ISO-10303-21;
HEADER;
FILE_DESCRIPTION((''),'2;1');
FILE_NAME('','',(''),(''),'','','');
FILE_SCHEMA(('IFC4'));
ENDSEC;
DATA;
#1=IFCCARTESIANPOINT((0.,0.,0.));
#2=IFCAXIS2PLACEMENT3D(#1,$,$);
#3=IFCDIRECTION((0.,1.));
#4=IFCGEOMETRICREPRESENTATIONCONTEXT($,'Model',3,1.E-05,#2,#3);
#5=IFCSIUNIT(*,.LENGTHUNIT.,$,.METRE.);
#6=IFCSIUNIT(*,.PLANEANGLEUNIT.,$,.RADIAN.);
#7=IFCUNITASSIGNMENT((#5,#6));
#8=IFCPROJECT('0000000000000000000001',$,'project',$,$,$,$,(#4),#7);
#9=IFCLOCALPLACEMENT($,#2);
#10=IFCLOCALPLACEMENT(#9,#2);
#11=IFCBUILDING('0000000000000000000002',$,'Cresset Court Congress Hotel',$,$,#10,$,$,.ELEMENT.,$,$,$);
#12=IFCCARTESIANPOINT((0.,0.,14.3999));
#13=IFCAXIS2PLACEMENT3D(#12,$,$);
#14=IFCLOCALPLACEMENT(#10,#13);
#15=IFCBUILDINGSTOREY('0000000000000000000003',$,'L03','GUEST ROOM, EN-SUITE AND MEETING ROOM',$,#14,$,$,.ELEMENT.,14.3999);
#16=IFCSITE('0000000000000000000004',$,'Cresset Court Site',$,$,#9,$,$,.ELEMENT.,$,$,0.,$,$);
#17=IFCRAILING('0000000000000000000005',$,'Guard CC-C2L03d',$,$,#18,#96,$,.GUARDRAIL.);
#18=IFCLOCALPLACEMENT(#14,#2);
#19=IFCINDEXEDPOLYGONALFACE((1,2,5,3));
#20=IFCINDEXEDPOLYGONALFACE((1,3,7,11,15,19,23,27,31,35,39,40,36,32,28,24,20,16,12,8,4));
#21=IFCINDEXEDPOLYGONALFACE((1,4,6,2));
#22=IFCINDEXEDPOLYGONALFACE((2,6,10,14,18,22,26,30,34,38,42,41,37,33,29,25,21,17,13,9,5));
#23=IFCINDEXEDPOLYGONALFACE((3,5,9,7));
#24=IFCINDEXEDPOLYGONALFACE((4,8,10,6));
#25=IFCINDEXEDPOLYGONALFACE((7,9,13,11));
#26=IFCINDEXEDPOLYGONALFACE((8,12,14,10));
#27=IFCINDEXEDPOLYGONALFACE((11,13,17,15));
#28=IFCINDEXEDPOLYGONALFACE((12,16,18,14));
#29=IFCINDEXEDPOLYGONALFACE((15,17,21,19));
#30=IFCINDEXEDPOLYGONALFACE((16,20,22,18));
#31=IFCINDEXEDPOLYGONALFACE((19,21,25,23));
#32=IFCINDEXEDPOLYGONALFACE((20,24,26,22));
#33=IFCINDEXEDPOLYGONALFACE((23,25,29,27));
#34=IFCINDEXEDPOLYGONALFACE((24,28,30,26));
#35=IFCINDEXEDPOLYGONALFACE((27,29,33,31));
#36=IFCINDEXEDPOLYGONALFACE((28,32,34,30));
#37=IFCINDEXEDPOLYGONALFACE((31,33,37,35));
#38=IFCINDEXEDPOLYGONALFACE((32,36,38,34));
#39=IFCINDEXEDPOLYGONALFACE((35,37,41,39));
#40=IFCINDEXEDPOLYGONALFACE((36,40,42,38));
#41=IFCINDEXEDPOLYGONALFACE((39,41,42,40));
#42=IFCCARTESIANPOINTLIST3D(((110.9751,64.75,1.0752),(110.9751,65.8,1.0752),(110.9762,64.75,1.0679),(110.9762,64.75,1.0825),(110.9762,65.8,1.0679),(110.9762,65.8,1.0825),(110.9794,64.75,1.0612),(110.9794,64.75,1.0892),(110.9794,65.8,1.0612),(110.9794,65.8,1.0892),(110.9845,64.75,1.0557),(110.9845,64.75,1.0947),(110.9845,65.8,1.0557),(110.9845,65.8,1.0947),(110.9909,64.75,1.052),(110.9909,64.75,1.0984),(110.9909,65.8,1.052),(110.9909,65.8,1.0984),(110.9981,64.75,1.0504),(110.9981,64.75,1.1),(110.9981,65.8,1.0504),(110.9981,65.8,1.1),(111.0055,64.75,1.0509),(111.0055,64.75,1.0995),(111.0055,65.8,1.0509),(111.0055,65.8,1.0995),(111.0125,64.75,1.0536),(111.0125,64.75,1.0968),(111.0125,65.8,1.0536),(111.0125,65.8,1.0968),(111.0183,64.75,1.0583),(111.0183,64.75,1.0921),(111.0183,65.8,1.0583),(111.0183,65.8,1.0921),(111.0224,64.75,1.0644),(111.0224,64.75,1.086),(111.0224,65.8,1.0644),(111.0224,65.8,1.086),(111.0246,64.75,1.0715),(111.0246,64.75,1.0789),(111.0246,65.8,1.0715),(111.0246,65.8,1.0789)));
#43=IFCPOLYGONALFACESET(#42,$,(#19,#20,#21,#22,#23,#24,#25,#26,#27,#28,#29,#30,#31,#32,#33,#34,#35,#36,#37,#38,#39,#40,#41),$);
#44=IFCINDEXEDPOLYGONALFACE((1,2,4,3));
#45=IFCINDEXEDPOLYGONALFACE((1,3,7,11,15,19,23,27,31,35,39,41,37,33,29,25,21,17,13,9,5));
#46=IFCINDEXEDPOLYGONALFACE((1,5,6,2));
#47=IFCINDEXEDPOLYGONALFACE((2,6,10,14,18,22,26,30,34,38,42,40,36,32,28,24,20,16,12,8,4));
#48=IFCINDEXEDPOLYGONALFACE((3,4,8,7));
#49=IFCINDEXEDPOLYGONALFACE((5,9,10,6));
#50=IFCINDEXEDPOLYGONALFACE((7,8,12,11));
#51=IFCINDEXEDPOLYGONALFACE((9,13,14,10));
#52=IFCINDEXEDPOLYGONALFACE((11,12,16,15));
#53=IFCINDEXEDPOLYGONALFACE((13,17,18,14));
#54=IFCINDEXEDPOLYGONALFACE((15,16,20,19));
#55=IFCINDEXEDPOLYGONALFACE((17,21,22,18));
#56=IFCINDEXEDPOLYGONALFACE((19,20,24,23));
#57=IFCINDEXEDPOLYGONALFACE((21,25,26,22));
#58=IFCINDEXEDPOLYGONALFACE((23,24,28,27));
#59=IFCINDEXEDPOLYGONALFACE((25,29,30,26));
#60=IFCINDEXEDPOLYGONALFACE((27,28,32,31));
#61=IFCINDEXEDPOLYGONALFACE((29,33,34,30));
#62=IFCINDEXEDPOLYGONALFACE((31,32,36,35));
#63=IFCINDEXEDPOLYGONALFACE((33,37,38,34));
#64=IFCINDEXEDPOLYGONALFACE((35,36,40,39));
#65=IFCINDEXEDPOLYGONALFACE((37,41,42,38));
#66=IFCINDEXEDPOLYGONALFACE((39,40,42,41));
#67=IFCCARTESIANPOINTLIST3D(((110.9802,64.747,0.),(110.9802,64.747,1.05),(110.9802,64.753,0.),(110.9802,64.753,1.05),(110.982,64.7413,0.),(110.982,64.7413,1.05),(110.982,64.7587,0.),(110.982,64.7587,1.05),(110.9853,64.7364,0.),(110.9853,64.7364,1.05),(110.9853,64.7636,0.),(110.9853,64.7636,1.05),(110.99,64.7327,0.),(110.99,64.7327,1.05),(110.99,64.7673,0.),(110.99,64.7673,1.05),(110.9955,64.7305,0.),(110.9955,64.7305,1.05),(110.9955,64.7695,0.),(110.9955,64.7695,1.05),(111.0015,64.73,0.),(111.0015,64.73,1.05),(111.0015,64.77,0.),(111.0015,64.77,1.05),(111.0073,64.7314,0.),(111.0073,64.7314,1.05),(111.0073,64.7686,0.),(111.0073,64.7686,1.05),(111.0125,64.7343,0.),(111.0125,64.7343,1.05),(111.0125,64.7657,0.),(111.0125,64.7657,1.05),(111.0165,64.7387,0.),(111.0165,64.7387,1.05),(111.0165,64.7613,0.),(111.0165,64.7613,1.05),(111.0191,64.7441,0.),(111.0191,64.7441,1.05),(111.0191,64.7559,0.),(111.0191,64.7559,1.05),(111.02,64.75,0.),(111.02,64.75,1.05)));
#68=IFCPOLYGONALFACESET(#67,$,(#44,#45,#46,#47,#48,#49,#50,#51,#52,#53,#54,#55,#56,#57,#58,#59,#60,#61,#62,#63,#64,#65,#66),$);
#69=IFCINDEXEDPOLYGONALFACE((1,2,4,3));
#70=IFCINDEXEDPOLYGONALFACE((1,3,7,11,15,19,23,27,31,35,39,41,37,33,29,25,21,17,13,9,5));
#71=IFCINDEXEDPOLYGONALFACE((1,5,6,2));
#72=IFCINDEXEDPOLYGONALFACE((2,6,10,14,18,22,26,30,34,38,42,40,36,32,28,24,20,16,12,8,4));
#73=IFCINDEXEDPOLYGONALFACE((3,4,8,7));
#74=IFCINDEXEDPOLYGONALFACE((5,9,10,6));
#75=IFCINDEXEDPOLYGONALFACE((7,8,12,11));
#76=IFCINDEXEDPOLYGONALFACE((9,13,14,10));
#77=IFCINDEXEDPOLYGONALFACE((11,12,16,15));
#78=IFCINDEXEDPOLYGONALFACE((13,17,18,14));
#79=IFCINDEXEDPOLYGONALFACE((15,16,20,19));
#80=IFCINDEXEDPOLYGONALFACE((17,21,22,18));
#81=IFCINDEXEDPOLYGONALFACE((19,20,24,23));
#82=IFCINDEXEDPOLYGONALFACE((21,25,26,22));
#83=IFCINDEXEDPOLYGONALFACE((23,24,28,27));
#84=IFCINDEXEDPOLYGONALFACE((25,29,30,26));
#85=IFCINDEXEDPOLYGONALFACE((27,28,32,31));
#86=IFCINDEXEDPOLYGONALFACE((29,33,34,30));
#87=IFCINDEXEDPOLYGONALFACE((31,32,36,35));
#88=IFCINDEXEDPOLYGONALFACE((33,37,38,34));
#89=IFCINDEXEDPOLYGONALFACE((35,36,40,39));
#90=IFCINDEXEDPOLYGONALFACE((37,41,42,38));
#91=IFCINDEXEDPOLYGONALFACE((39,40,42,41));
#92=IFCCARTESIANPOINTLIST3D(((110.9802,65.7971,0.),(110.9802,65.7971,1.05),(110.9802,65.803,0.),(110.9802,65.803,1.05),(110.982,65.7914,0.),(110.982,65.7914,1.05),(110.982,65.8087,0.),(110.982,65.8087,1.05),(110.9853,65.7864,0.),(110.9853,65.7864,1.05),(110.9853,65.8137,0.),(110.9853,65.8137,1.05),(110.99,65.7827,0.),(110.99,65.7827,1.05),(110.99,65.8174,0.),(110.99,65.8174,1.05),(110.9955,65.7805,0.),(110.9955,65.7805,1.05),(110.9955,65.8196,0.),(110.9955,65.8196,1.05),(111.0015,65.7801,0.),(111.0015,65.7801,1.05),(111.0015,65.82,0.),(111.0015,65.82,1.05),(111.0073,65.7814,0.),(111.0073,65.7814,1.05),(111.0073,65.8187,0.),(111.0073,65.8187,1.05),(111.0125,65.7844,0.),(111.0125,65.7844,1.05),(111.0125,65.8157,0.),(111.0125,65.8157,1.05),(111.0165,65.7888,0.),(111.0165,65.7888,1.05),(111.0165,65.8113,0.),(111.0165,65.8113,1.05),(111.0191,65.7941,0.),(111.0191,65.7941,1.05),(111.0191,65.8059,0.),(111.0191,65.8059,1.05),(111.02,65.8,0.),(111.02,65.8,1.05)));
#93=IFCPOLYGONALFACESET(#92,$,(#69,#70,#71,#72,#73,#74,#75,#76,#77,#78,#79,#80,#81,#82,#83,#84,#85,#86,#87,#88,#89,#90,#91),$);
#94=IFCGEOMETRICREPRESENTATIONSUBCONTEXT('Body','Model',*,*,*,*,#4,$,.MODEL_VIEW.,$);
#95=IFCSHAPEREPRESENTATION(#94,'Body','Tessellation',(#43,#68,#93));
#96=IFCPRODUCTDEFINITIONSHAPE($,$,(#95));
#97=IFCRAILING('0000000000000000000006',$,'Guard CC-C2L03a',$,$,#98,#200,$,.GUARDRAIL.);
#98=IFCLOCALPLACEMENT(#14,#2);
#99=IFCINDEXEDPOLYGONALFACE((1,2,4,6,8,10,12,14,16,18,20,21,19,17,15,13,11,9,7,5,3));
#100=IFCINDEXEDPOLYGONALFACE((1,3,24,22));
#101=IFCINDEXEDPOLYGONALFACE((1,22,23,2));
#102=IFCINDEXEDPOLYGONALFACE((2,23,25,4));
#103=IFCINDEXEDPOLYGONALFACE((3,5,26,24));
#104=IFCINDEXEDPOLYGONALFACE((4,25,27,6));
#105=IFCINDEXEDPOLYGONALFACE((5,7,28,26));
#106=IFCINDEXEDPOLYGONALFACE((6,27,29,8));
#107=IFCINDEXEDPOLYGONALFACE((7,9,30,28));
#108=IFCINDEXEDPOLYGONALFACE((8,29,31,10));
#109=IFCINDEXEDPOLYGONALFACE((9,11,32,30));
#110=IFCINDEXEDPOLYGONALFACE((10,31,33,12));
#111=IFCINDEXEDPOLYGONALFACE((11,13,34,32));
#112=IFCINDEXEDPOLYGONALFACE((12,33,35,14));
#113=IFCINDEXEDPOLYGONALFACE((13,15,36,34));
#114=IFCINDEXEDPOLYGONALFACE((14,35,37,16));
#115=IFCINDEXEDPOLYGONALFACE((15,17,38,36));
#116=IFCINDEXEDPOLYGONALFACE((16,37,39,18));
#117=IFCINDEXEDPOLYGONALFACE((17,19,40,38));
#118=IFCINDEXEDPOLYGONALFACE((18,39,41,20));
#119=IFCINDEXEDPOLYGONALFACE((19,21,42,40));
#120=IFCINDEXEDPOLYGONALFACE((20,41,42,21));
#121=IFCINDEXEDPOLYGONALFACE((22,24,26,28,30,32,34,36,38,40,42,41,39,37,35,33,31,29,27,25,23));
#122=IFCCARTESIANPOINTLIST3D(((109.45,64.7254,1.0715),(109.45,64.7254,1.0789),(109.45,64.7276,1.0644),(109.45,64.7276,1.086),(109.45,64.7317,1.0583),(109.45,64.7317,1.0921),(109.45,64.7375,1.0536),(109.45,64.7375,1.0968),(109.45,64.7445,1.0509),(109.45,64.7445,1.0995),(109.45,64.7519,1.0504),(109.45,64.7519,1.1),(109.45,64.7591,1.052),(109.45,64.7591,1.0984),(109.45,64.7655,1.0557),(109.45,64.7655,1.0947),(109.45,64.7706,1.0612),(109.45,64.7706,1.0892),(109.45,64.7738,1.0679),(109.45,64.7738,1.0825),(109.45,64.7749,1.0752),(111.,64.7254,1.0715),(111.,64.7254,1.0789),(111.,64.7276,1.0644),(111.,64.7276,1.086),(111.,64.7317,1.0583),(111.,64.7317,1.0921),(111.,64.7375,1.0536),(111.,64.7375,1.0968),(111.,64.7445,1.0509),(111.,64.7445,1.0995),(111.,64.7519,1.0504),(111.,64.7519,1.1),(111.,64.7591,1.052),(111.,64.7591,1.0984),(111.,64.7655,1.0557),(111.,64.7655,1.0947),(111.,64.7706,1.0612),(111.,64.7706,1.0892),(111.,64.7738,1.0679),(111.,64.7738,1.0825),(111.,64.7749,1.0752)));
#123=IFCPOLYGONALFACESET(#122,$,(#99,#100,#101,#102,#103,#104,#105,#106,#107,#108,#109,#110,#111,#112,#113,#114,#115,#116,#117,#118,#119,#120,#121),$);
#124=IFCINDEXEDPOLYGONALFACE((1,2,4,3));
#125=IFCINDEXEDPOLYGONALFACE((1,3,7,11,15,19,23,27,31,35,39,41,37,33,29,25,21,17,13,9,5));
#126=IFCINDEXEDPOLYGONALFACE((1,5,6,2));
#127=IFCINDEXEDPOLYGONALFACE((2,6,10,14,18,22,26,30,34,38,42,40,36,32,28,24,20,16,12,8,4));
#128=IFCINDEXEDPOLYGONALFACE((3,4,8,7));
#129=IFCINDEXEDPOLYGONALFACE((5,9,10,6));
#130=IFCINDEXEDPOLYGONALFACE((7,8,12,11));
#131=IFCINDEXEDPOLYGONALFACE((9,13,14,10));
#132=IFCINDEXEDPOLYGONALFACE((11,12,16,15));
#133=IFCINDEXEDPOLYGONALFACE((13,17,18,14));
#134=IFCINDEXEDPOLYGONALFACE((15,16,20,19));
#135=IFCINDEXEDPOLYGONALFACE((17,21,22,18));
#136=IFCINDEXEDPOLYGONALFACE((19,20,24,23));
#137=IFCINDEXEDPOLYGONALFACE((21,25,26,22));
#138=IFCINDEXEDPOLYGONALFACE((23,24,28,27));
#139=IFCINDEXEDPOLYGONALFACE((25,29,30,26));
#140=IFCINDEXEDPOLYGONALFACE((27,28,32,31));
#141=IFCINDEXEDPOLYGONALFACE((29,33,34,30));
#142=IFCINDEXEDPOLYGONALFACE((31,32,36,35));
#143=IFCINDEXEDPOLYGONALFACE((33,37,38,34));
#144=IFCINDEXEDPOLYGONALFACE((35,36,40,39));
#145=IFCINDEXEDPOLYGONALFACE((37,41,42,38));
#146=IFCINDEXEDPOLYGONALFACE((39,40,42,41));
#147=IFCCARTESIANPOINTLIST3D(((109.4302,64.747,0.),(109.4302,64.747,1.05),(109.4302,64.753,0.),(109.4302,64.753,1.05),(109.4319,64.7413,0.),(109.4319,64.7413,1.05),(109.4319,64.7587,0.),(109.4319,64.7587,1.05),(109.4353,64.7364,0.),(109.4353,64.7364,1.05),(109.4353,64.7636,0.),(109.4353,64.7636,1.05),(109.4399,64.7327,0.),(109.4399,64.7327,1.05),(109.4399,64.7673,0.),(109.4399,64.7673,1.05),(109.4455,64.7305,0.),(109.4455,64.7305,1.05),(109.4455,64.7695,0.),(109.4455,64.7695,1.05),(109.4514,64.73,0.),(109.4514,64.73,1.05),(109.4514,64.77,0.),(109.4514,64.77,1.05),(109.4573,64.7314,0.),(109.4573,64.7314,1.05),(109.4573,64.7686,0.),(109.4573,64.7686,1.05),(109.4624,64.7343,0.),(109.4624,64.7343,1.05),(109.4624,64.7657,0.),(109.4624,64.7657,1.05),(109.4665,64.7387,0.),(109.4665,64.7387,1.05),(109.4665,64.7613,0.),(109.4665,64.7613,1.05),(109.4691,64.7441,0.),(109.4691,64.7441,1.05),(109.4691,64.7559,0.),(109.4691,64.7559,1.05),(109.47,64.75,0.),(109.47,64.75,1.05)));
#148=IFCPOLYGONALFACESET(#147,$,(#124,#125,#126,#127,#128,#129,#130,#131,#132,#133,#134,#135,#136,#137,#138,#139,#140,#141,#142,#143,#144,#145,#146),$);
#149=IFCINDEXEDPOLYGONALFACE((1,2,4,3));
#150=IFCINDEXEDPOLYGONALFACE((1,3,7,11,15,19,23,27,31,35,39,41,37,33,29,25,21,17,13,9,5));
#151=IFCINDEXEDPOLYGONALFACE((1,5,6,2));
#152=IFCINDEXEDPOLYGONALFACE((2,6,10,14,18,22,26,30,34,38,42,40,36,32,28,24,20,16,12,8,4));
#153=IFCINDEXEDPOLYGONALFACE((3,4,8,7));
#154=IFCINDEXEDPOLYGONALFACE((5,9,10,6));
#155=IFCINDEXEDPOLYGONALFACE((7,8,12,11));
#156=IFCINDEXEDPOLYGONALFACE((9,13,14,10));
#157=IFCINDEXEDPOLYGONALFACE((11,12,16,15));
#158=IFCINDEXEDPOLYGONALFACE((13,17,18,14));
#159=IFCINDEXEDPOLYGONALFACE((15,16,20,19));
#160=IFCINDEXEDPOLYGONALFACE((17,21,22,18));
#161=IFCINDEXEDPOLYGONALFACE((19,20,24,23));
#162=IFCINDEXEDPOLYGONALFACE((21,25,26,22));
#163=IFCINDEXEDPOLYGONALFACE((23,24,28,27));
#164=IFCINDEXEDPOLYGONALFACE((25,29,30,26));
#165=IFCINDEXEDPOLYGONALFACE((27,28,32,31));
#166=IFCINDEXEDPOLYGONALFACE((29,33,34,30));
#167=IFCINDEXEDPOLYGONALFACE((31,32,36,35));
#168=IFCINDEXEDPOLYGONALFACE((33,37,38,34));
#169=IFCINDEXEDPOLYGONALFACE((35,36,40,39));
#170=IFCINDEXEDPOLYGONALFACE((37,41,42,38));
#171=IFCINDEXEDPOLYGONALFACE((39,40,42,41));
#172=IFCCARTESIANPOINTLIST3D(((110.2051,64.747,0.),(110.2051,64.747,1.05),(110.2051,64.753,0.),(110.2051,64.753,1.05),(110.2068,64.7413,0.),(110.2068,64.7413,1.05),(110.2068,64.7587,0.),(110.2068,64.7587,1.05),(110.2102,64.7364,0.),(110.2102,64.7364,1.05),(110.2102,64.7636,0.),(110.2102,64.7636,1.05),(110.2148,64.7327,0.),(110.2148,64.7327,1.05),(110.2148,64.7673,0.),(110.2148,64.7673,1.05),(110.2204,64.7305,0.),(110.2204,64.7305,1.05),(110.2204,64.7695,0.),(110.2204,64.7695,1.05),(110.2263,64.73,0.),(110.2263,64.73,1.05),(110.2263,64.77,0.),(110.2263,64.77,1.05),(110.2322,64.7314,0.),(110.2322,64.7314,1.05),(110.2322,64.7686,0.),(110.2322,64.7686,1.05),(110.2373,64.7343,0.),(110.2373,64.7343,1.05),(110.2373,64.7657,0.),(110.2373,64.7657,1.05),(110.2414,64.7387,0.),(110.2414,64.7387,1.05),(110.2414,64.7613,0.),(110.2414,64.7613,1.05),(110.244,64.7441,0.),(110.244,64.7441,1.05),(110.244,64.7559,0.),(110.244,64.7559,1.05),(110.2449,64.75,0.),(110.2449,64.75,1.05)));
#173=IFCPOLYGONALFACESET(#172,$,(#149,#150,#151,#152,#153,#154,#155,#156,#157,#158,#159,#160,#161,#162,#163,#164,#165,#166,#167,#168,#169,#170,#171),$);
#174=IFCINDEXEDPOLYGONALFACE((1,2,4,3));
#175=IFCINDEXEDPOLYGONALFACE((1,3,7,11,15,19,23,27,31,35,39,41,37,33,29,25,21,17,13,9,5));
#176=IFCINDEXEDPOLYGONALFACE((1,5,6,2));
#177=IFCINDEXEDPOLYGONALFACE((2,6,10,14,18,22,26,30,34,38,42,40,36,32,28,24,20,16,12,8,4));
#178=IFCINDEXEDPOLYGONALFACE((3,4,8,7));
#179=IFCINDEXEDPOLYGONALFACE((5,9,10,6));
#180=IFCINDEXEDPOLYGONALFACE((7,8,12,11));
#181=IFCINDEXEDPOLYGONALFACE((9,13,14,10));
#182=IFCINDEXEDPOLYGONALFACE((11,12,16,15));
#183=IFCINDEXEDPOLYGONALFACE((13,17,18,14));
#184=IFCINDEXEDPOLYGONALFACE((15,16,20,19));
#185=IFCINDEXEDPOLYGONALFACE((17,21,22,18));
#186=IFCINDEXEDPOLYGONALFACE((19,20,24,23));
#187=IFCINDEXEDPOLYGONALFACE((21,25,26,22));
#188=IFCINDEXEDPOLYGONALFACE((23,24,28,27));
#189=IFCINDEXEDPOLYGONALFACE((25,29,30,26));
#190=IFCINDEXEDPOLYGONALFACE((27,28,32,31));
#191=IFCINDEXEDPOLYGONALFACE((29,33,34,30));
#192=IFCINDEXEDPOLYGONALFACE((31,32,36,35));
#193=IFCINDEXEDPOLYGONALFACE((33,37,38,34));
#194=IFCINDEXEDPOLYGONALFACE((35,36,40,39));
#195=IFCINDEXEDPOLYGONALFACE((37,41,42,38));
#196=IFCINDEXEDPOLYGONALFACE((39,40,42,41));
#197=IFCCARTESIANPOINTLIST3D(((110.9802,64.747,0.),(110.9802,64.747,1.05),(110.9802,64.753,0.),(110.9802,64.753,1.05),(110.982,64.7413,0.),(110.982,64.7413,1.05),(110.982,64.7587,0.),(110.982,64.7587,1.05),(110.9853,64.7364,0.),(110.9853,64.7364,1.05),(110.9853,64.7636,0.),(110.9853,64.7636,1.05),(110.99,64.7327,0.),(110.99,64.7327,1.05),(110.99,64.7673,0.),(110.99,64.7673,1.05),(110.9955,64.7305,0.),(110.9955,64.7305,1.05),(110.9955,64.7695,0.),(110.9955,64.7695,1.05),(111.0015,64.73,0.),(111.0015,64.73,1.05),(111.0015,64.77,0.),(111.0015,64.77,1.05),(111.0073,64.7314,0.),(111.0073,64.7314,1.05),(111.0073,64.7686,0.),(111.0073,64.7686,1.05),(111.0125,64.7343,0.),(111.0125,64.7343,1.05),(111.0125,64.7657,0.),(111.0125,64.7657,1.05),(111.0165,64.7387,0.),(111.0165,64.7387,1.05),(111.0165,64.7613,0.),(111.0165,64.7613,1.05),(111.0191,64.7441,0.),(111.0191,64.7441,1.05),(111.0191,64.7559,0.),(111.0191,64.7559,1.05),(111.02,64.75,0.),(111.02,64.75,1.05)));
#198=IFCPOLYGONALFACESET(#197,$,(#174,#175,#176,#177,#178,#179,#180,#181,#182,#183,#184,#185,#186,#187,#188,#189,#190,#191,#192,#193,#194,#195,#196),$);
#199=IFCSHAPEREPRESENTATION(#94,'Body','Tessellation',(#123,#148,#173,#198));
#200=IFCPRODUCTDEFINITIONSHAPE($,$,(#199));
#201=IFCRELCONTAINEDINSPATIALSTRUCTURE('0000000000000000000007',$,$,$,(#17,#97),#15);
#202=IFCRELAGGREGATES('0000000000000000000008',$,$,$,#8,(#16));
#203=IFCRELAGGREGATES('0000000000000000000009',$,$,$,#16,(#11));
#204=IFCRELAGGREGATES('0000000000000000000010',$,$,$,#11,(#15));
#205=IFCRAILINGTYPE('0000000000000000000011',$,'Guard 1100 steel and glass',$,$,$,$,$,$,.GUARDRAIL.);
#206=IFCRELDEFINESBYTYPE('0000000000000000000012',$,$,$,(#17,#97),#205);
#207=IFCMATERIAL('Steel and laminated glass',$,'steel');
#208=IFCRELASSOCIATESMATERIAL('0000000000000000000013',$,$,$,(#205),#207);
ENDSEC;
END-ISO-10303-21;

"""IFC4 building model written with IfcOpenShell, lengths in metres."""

from ifc_helpers import new_model, si_unit, direction, frame, origin, origin_2d, place, context, subcontext, project, spatial, circle, extrude, material, type_object, element, save


model = new_model("IFC4")

# Units and contexts
model_context = context("Model", 3, precision=1e-05, world=origin(), true_north=direction((0.0, 1.0)))
body_context = subcontext(model_context, "Body", "Model", "MODEL_VIEW")
ifc_project = project(units=[si_unit("LENGTHUNIT", "METRE"), si_unit("PLANEANGLEUNIT", "RADIAN")], contexts=[model_context])

# Site, building, storey
site_placement = place(None, origin())
site = spatial("IfcSite", under=ifc_project, at=site_placement, Name="Cresset Court Site", CompositionType="ELEMENT", RefElevation=0.0)
building_placement = place(site_placement, origin())
building = spatial("IfcBuilding", under=site, at=building_placement, Name="Cresset Court Congress Hotel", CompositionType="ELEMENT")
storey_placement = place(building_placement, frame((0.0, 0.0, 14.3999)))
storey = spatial("IfcBuildingStorey", under=building, at=storey_placement, Name="L03", Description="GUEST ROOM, EN-SUITE AND MEETING ROOM", CompositionType="ELEMENT", Elevation=14.3999)

# Railings
ifc_material_1 = material(Name="Steel and laminated glass", Category="steel")
railing_type = type_object("IfcRailingType", Name="Guard 1100 steel and glass", PredefinedType="GUARDRAIL", material=ifc_material_1)
railing_1_placement = place(storey_placement, frame((111.0, 64.75, 0.0)))
element("IfcRailing", 1, at=railing_1_placement, inside=storey, type_object=railing_type, Name="Guard CC-C2L03d", PredefinedType="GUARDRAIL", context=body_context, shape_type="SweptSolid", body=[
    extrude(circle(Radius=0.0249, at=origin_2d()), frame((0.0, 0.0, 1.0752), z_axis=(0.0, 1.0, 0.0), x_axis=(-1.0, 0.0, 0.0)), (0.0, 0.0, 1.0), 1.05),
    extrude(circle(Radius=0.02, at=origin_2d()), origin(), (0.0, 0.0, 1.0), 1.05),
    extrude(circle(Radius=0.02, at=origin_2d()), frame((0.0, 1.05, 0.0)), (0.0, 0.0, 1.0), 1.05),
])
railing_2_placement = place(storey_placement, frame((109.45, 64.75, 0.0)))
element("IfcRailing", 2, at=railing_2_placement, inside=storey, type_object=railing_type, Name="Guard CC-C2L03a", PredefinedType="GUARDRAIL", context=body_context, shape_type="SweptSolid", body=[
    extrude(circle(Radius=0.0249, at=origin_2d()), frame((0.0, 0.0, 1.0752), z_axis=(1.0, 0.0, 0.0), x_axis=(0.0, 1.0, 0.0)), (0.0, 0.0, 1.0), 1.55),
    extrude(circle(Radius=0.02, at=origin_2d()), origin(), (0.0, 0.0, 1.0), 1.05),
    extrude(circle(Radius=0.02, at=origin_2d()), frame((0.7749, 0.0, 0.0)), (0.0, 0.0, 1.0), 1.05),
    extrude(circle(Radius=0.02, at=origin_2d()), frame((1.55, 0.0, 0.0)), (0.0, 0.0, 1.0), 1.05),
])

save(model, "model.ifc")
